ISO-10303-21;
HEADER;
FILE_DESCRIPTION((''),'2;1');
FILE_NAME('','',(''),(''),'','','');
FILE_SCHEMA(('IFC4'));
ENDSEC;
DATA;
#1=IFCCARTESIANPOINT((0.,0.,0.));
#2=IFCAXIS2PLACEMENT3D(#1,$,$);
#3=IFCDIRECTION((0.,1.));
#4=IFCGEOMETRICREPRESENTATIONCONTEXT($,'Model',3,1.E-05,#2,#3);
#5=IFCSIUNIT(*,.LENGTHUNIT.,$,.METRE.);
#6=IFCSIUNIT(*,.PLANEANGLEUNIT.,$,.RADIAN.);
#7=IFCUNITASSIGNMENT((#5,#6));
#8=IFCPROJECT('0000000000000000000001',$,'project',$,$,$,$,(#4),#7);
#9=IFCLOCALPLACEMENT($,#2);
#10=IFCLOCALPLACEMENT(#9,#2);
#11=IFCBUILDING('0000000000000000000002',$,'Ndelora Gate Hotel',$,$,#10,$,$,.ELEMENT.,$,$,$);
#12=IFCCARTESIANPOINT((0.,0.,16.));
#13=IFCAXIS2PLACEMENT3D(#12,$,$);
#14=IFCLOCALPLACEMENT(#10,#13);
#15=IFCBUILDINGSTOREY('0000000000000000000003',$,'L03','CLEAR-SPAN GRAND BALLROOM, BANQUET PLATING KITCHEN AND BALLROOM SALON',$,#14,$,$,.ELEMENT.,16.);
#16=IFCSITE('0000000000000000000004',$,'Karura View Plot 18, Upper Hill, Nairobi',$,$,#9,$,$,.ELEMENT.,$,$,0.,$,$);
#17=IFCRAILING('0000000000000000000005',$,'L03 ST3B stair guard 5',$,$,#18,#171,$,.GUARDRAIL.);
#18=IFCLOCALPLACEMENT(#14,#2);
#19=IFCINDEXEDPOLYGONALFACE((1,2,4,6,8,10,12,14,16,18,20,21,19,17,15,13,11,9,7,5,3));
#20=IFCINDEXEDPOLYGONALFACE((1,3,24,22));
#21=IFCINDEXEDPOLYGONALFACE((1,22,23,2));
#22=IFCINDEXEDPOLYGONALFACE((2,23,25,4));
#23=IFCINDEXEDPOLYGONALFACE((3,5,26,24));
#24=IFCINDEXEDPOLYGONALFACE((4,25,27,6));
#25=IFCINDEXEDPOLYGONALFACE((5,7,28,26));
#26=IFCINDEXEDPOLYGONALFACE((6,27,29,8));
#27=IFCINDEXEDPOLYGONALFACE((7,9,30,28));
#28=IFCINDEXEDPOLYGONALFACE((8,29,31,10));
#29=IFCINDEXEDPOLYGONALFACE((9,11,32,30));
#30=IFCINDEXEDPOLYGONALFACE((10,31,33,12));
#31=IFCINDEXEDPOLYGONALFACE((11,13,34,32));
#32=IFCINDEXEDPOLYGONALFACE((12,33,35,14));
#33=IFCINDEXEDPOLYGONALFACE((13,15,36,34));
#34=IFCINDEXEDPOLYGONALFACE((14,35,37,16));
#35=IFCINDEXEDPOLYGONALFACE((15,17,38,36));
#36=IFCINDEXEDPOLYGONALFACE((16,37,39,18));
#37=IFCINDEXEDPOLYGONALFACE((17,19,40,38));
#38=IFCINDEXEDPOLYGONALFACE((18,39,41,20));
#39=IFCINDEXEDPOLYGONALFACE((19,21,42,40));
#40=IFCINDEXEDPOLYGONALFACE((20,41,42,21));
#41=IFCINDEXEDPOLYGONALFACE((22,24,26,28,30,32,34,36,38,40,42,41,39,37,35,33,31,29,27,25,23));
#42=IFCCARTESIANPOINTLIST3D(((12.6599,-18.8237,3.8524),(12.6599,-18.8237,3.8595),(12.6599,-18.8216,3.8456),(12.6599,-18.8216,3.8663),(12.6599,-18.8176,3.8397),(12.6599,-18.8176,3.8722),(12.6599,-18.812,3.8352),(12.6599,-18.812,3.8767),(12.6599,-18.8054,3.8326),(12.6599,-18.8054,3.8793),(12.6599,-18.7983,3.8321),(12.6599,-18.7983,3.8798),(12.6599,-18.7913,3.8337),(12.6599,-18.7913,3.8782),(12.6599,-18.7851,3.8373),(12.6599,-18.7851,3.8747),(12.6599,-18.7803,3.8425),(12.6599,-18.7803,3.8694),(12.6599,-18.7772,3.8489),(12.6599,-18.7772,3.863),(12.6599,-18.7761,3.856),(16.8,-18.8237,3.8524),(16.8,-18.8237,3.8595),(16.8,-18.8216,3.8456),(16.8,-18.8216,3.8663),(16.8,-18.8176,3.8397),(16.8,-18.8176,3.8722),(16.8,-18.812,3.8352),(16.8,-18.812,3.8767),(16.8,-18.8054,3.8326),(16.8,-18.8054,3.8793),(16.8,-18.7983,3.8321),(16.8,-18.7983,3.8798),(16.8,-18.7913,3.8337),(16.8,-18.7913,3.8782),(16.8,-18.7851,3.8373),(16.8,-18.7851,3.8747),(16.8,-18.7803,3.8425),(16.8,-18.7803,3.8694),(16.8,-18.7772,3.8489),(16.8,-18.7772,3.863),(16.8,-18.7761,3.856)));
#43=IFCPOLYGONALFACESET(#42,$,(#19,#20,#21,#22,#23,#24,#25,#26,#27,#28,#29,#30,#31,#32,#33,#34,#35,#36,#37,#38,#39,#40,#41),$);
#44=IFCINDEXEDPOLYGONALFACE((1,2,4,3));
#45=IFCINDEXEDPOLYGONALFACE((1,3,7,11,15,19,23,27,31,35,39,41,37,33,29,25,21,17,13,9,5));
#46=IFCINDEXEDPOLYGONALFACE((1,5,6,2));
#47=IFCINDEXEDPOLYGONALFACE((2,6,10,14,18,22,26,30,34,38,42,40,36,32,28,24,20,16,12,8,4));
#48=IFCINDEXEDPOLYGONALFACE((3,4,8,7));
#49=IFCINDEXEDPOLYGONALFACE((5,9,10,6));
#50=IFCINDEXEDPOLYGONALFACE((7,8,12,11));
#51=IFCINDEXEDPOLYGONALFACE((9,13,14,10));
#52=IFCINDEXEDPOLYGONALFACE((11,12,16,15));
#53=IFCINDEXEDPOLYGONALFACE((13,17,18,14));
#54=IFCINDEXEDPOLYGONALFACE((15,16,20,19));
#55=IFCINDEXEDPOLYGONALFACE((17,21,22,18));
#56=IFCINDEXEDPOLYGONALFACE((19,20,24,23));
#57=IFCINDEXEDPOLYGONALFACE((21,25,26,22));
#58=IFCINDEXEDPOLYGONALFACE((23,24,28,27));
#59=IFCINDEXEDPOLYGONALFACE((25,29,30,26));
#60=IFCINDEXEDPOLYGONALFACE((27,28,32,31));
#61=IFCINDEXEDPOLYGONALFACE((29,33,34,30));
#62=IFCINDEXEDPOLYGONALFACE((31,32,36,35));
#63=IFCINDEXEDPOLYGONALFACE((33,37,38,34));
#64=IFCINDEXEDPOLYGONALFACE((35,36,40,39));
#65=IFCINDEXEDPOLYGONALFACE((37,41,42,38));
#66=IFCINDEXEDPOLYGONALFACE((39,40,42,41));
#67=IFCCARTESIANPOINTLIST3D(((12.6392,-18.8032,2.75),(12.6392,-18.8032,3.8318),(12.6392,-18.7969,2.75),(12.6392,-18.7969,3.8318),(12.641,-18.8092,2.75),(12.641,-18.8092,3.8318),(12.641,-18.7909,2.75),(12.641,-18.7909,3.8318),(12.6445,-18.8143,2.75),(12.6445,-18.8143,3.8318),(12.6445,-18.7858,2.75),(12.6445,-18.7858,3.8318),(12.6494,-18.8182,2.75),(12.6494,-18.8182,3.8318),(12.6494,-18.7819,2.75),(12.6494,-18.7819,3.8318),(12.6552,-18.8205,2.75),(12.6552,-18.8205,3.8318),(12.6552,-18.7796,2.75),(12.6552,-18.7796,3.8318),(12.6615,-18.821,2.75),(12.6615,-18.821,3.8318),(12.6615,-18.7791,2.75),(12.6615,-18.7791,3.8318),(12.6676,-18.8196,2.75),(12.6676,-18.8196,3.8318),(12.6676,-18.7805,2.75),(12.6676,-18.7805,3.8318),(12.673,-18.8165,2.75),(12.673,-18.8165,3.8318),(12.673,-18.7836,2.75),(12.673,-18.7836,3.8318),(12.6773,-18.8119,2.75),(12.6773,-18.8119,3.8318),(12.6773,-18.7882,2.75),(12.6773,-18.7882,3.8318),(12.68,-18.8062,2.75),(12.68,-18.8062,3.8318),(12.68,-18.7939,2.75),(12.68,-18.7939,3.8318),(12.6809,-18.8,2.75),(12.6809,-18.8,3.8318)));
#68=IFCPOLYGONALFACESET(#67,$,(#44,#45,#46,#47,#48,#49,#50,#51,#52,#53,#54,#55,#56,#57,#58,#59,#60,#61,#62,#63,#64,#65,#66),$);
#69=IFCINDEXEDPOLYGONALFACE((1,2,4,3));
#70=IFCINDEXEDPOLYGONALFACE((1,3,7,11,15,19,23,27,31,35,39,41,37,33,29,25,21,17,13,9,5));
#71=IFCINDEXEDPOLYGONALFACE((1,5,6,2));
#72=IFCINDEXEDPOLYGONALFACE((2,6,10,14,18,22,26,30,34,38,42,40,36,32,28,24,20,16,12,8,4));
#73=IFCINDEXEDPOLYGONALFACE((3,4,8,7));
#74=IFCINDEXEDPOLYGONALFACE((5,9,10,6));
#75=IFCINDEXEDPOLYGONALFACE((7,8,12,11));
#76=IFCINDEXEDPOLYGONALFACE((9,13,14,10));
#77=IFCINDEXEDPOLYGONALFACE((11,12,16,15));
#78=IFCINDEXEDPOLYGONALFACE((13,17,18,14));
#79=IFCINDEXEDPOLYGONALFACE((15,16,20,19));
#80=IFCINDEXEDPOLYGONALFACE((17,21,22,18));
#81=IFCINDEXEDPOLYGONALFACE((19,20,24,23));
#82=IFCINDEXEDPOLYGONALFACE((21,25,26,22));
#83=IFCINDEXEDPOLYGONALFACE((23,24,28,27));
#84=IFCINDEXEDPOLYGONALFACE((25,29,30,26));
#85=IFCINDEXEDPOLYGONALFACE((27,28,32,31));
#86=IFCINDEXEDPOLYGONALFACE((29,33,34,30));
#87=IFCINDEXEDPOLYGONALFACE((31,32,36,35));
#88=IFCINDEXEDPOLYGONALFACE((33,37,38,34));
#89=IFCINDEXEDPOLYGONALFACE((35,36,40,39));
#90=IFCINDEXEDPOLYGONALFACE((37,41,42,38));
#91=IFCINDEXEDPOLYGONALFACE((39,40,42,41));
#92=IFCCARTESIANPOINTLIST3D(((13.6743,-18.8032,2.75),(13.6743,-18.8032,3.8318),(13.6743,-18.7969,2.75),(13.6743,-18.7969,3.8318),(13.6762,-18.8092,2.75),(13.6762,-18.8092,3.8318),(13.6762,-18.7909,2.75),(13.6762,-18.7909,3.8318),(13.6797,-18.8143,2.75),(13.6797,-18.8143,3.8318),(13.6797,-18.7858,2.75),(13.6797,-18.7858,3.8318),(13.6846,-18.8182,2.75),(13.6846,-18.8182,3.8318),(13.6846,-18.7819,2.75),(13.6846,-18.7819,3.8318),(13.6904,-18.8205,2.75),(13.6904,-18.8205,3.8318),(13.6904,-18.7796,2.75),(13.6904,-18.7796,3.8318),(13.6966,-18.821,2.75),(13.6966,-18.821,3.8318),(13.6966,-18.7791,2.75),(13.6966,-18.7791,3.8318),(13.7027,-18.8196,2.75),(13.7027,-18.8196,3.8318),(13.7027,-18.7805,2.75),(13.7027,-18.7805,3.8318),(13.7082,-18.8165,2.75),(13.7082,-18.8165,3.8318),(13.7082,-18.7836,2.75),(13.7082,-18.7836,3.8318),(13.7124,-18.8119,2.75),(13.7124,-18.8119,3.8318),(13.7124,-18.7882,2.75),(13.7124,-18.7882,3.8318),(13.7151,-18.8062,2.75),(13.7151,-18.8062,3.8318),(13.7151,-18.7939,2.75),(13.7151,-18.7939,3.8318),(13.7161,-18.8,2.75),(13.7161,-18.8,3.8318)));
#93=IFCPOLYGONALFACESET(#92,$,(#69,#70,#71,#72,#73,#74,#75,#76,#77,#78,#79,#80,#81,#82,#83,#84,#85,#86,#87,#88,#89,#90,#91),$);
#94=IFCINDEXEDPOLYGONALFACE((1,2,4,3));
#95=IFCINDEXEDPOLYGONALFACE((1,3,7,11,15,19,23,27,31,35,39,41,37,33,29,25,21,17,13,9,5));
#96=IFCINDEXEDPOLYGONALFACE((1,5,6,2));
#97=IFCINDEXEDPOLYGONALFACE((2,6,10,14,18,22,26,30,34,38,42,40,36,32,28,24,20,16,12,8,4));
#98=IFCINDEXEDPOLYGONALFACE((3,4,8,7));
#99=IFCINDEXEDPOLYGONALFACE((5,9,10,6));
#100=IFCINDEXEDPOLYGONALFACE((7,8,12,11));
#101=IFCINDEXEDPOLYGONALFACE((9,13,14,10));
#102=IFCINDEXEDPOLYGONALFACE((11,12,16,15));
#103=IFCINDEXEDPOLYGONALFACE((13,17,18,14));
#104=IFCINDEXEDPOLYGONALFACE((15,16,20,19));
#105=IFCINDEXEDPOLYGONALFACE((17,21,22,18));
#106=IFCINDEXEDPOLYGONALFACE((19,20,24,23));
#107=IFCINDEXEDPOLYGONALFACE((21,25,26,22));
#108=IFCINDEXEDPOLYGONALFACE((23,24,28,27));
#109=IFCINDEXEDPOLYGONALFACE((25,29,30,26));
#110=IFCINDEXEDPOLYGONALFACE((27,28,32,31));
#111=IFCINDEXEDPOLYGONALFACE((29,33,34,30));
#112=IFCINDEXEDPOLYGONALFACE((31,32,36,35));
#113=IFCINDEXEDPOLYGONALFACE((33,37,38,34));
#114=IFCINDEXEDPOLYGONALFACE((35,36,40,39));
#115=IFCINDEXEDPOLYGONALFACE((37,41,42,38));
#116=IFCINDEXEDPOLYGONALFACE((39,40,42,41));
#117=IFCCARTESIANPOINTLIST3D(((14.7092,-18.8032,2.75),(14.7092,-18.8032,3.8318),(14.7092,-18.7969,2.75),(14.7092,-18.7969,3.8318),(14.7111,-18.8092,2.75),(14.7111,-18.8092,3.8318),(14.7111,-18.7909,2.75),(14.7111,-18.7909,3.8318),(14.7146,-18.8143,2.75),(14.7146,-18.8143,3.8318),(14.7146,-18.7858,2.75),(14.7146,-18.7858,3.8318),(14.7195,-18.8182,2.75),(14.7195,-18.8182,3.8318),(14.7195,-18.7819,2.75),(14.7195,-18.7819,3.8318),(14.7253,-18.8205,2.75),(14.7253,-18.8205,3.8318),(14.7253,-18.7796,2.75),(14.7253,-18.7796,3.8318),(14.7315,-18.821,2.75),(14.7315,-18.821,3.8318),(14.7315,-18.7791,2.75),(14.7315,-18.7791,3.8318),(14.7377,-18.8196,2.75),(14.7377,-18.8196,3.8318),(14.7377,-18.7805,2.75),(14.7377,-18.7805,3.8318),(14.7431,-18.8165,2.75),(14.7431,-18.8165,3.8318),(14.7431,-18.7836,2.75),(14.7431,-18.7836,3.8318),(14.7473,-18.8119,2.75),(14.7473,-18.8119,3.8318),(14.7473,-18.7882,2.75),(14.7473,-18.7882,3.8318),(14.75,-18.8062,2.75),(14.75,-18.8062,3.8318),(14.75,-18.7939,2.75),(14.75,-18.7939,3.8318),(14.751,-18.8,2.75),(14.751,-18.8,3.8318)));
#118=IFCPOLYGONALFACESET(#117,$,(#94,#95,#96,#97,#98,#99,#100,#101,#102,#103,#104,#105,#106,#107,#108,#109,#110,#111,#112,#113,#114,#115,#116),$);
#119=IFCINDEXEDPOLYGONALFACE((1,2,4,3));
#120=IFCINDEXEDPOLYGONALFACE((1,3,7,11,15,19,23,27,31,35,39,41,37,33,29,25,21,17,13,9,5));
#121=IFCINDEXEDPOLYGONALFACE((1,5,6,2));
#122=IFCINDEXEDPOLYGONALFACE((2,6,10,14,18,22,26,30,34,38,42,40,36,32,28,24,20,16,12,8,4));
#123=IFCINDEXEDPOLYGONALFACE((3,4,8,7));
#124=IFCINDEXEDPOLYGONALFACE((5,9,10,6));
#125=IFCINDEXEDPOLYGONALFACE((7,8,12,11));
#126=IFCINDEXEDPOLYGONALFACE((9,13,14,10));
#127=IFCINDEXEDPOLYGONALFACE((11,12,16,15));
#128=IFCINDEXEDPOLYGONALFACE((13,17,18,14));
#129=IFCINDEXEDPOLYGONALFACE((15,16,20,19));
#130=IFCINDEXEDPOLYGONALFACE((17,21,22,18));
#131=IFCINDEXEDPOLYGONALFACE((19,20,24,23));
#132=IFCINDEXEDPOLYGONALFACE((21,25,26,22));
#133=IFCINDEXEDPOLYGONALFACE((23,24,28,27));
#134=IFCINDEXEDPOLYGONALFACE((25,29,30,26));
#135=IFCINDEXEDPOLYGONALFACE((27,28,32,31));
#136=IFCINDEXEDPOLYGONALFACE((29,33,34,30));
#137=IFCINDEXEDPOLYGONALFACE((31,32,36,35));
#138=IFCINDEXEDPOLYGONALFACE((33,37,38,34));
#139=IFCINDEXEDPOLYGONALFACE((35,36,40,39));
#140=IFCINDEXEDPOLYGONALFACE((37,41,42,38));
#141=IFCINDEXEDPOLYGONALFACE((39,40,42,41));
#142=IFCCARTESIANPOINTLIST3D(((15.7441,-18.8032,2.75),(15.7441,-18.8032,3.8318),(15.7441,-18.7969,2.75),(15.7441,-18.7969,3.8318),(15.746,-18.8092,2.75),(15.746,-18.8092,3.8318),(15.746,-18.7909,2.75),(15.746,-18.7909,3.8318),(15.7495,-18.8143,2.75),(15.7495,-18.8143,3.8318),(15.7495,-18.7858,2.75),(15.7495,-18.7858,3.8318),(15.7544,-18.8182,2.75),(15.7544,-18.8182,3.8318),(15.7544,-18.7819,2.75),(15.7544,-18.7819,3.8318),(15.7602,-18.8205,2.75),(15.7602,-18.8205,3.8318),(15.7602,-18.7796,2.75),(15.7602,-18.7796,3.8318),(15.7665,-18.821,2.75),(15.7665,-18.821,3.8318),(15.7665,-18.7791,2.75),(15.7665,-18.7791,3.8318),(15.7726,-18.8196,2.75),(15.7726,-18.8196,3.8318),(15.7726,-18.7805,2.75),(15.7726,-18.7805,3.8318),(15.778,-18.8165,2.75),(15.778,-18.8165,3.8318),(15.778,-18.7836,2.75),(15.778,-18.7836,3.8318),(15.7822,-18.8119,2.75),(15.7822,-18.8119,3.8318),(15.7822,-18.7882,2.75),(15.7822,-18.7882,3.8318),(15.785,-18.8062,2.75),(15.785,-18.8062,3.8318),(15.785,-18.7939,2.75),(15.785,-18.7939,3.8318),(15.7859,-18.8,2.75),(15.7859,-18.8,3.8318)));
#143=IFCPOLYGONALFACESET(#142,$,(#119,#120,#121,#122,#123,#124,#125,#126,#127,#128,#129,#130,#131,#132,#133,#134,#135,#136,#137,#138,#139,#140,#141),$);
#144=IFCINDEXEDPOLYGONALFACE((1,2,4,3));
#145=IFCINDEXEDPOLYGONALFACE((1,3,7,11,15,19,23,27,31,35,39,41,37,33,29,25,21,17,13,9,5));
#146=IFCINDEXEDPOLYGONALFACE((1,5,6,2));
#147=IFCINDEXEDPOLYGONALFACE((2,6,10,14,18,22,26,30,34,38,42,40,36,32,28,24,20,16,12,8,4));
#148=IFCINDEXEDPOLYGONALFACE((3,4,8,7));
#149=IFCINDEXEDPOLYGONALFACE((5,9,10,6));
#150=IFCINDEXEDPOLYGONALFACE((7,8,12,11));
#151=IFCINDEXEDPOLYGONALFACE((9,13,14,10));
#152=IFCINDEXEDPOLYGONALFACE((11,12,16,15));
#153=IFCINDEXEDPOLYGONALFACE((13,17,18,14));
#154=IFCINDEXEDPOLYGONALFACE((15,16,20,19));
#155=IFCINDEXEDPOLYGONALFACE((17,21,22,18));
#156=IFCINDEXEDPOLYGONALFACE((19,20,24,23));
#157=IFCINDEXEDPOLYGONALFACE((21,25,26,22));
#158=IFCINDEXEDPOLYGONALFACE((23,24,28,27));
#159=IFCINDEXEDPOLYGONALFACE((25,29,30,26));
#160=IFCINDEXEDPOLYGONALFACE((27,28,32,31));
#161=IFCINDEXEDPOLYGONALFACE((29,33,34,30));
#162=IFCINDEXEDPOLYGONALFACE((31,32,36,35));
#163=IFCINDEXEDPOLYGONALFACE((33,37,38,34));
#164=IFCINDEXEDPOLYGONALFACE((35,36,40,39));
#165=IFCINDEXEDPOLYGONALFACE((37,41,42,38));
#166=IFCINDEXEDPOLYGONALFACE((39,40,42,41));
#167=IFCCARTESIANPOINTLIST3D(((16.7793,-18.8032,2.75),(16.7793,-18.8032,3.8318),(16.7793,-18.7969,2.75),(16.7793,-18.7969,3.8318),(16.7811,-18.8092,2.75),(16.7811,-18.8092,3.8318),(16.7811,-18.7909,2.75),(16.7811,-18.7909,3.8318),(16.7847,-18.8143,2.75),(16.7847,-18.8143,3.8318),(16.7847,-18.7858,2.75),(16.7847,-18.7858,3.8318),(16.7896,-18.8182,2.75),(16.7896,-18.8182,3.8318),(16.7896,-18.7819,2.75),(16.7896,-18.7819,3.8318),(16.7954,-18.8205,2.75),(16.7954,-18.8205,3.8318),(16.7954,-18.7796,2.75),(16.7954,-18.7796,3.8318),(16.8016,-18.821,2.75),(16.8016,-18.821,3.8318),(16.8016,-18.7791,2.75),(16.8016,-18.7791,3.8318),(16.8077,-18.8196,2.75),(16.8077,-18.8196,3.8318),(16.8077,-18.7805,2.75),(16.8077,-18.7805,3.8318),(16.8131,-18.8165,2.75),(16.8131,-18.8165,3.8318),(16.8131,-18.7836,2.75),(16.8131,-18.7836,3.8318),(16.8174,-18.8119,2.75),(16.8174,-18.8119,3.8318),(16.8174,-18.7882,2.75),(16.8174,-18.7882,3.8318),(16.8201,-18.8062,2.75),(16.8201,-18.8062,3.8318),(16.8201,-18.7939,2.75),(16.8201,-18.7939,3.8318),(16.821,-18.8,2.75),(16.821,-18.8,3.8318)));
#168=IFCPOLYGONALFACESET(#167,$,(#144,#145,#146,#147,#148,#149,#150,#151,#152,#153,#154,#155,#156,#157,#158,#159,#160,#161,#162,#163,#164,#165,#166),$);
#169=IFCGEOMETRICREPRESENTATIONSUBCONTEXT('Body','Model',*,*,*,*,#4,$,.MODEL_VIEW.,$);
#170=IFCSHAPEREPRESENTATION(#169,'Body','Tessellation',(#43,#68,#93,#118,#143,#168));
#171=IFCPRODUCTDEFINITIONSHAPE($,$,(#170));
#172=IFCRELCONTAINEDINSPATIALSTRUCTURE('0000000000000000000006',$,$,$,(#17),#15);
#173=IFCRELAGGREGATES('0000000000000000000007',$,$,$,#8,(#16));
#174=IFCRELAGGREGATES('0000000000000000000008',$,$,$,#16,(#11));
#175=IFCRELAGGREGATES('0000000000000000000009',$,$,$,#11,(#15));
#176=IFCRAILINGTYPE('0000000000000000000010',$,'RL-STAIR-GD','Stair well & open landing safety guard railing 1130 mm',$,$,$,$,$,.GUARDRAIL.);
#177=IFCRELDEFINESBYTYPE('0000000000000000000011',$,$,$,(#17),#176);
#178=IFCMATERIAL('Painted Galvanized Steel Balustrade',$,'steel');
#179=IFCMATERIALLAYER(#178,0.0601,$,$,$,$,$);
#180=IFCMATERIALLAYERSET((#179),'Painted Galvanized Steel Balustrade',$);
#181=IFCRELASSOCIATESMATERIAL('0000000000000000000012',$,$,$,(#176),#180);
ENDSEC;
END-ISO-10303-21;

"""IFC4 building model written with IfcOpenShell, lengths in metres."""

from ifc_helpers import new_model, si_unit, direction, frame, origin, origin_2d, place, context, subcontext, project, spatial, circle, extrude, material, layer, layer_set, type_object, element, save


model = new_model("IFC4")

# Units and contexts
model_context = context("Model", 3, precision=1e-05, world=origin(), true_north=direction((0.0, 1.0)))
body_context = subcontext(model_context, "Body", "Model", "MODEL_VIEW")
ifc_project = project(units=[si_unit("LENGTHUNIT", "METRE"), si_unit("PLANEANGLEUNIT", "RADIAN")], contexts=[model_context])

# Site, building, storey
site_placement = place(None, origin())
site = spatial("IfcSite", under=ifc_project, at=site_placement, Name="Karura View Plot 18, Upper Hill, Nairobi", CompositionType="ELEMENT", RefElevation=0.0)
building_placement = place(site_placement, origin())
building = spatial("IfcBuilding", under=site, at=building_placement, Name="Ndelora Gate Hotel", CompositionType="ELEMENT")
storey_placement = place(building_placement, frame((0.0, 0.0, 16.0)))
storey = spatial("IfcBuildingStorey", under=building, at=storey_placement, Name="L03", Description="CLEAR-SPAN GRAND BALLROOM, BANQUET PLATING KITCHEN AND BALLROOM SALON", CompositionType="ELEMENT", Elevation=16.0)

# Railing
ifc_material_1 = material(Name="Painted Galvanized Steel Balustrade", Category="steel")
ifc_layer_1 = layer(ifc_material_1, 0.0601)
ifc_layer_set_1 = layer_set([ifc_layer_1], Name="Painted Galvanized Steel Balustrade")
railing_type_1 = type_object("IfcRailingType", Name="RL-STAIR-GD", Description="Stair well & open landing safety guard railing 1130 mm", PredefinedType="GUARDRAIL", material=ifc_layer_set_1)
railing_1_placement = place(storey_placement, frame((12.6599, -18.8, 2.75)))
element("IfcRailing", 1, at=railing_1_placement, inside=storey, type_object=railing_type_1, Name="L03 ST3B stair guard 5", PredefinedType="GUARDRAIL", context=body_context, shape_type="SweptSolid", body=[
    extrude(circle(Radius=0.0239, at=origin_2d()), frame((0.0, 0.0, 1.106), z_axis=(1.0, 0.0, 0.0), x_axis=(0.0, 1.0, 0.0)), (0.0, 0.0, 1.0), 4.1401),
    extrude(circle(Radius=0.021, at=origin_2d()), origin(), (0.0, 0.0, 1.0), 1.0818),
    extrude(circle(Radius=0.021, at=origin_2d()), frame((1.0352, 0.0, 0.0)), (0.0, 0.0, 1.0), 1.0818),
    extrude(circle(Radius=0.021, at=origin_2d()), frame((2.0701, 0.0, 0.0)), (0.0, 0.0, 1.0), 1.0818),
    extrude(circle(Radius=0.021, at=origin_2d()), frame((3.105, 0.0, 0.0)), (0.0, 0.0, 1.0), 1.0818),
    extrude(circle(Radius=0.021, at=origin_2d()), frame((4.1401, 0.0, 0.0)), (0.0, 0.0, 1.0), 1.0818),
])

save(model, "model.ifc")
